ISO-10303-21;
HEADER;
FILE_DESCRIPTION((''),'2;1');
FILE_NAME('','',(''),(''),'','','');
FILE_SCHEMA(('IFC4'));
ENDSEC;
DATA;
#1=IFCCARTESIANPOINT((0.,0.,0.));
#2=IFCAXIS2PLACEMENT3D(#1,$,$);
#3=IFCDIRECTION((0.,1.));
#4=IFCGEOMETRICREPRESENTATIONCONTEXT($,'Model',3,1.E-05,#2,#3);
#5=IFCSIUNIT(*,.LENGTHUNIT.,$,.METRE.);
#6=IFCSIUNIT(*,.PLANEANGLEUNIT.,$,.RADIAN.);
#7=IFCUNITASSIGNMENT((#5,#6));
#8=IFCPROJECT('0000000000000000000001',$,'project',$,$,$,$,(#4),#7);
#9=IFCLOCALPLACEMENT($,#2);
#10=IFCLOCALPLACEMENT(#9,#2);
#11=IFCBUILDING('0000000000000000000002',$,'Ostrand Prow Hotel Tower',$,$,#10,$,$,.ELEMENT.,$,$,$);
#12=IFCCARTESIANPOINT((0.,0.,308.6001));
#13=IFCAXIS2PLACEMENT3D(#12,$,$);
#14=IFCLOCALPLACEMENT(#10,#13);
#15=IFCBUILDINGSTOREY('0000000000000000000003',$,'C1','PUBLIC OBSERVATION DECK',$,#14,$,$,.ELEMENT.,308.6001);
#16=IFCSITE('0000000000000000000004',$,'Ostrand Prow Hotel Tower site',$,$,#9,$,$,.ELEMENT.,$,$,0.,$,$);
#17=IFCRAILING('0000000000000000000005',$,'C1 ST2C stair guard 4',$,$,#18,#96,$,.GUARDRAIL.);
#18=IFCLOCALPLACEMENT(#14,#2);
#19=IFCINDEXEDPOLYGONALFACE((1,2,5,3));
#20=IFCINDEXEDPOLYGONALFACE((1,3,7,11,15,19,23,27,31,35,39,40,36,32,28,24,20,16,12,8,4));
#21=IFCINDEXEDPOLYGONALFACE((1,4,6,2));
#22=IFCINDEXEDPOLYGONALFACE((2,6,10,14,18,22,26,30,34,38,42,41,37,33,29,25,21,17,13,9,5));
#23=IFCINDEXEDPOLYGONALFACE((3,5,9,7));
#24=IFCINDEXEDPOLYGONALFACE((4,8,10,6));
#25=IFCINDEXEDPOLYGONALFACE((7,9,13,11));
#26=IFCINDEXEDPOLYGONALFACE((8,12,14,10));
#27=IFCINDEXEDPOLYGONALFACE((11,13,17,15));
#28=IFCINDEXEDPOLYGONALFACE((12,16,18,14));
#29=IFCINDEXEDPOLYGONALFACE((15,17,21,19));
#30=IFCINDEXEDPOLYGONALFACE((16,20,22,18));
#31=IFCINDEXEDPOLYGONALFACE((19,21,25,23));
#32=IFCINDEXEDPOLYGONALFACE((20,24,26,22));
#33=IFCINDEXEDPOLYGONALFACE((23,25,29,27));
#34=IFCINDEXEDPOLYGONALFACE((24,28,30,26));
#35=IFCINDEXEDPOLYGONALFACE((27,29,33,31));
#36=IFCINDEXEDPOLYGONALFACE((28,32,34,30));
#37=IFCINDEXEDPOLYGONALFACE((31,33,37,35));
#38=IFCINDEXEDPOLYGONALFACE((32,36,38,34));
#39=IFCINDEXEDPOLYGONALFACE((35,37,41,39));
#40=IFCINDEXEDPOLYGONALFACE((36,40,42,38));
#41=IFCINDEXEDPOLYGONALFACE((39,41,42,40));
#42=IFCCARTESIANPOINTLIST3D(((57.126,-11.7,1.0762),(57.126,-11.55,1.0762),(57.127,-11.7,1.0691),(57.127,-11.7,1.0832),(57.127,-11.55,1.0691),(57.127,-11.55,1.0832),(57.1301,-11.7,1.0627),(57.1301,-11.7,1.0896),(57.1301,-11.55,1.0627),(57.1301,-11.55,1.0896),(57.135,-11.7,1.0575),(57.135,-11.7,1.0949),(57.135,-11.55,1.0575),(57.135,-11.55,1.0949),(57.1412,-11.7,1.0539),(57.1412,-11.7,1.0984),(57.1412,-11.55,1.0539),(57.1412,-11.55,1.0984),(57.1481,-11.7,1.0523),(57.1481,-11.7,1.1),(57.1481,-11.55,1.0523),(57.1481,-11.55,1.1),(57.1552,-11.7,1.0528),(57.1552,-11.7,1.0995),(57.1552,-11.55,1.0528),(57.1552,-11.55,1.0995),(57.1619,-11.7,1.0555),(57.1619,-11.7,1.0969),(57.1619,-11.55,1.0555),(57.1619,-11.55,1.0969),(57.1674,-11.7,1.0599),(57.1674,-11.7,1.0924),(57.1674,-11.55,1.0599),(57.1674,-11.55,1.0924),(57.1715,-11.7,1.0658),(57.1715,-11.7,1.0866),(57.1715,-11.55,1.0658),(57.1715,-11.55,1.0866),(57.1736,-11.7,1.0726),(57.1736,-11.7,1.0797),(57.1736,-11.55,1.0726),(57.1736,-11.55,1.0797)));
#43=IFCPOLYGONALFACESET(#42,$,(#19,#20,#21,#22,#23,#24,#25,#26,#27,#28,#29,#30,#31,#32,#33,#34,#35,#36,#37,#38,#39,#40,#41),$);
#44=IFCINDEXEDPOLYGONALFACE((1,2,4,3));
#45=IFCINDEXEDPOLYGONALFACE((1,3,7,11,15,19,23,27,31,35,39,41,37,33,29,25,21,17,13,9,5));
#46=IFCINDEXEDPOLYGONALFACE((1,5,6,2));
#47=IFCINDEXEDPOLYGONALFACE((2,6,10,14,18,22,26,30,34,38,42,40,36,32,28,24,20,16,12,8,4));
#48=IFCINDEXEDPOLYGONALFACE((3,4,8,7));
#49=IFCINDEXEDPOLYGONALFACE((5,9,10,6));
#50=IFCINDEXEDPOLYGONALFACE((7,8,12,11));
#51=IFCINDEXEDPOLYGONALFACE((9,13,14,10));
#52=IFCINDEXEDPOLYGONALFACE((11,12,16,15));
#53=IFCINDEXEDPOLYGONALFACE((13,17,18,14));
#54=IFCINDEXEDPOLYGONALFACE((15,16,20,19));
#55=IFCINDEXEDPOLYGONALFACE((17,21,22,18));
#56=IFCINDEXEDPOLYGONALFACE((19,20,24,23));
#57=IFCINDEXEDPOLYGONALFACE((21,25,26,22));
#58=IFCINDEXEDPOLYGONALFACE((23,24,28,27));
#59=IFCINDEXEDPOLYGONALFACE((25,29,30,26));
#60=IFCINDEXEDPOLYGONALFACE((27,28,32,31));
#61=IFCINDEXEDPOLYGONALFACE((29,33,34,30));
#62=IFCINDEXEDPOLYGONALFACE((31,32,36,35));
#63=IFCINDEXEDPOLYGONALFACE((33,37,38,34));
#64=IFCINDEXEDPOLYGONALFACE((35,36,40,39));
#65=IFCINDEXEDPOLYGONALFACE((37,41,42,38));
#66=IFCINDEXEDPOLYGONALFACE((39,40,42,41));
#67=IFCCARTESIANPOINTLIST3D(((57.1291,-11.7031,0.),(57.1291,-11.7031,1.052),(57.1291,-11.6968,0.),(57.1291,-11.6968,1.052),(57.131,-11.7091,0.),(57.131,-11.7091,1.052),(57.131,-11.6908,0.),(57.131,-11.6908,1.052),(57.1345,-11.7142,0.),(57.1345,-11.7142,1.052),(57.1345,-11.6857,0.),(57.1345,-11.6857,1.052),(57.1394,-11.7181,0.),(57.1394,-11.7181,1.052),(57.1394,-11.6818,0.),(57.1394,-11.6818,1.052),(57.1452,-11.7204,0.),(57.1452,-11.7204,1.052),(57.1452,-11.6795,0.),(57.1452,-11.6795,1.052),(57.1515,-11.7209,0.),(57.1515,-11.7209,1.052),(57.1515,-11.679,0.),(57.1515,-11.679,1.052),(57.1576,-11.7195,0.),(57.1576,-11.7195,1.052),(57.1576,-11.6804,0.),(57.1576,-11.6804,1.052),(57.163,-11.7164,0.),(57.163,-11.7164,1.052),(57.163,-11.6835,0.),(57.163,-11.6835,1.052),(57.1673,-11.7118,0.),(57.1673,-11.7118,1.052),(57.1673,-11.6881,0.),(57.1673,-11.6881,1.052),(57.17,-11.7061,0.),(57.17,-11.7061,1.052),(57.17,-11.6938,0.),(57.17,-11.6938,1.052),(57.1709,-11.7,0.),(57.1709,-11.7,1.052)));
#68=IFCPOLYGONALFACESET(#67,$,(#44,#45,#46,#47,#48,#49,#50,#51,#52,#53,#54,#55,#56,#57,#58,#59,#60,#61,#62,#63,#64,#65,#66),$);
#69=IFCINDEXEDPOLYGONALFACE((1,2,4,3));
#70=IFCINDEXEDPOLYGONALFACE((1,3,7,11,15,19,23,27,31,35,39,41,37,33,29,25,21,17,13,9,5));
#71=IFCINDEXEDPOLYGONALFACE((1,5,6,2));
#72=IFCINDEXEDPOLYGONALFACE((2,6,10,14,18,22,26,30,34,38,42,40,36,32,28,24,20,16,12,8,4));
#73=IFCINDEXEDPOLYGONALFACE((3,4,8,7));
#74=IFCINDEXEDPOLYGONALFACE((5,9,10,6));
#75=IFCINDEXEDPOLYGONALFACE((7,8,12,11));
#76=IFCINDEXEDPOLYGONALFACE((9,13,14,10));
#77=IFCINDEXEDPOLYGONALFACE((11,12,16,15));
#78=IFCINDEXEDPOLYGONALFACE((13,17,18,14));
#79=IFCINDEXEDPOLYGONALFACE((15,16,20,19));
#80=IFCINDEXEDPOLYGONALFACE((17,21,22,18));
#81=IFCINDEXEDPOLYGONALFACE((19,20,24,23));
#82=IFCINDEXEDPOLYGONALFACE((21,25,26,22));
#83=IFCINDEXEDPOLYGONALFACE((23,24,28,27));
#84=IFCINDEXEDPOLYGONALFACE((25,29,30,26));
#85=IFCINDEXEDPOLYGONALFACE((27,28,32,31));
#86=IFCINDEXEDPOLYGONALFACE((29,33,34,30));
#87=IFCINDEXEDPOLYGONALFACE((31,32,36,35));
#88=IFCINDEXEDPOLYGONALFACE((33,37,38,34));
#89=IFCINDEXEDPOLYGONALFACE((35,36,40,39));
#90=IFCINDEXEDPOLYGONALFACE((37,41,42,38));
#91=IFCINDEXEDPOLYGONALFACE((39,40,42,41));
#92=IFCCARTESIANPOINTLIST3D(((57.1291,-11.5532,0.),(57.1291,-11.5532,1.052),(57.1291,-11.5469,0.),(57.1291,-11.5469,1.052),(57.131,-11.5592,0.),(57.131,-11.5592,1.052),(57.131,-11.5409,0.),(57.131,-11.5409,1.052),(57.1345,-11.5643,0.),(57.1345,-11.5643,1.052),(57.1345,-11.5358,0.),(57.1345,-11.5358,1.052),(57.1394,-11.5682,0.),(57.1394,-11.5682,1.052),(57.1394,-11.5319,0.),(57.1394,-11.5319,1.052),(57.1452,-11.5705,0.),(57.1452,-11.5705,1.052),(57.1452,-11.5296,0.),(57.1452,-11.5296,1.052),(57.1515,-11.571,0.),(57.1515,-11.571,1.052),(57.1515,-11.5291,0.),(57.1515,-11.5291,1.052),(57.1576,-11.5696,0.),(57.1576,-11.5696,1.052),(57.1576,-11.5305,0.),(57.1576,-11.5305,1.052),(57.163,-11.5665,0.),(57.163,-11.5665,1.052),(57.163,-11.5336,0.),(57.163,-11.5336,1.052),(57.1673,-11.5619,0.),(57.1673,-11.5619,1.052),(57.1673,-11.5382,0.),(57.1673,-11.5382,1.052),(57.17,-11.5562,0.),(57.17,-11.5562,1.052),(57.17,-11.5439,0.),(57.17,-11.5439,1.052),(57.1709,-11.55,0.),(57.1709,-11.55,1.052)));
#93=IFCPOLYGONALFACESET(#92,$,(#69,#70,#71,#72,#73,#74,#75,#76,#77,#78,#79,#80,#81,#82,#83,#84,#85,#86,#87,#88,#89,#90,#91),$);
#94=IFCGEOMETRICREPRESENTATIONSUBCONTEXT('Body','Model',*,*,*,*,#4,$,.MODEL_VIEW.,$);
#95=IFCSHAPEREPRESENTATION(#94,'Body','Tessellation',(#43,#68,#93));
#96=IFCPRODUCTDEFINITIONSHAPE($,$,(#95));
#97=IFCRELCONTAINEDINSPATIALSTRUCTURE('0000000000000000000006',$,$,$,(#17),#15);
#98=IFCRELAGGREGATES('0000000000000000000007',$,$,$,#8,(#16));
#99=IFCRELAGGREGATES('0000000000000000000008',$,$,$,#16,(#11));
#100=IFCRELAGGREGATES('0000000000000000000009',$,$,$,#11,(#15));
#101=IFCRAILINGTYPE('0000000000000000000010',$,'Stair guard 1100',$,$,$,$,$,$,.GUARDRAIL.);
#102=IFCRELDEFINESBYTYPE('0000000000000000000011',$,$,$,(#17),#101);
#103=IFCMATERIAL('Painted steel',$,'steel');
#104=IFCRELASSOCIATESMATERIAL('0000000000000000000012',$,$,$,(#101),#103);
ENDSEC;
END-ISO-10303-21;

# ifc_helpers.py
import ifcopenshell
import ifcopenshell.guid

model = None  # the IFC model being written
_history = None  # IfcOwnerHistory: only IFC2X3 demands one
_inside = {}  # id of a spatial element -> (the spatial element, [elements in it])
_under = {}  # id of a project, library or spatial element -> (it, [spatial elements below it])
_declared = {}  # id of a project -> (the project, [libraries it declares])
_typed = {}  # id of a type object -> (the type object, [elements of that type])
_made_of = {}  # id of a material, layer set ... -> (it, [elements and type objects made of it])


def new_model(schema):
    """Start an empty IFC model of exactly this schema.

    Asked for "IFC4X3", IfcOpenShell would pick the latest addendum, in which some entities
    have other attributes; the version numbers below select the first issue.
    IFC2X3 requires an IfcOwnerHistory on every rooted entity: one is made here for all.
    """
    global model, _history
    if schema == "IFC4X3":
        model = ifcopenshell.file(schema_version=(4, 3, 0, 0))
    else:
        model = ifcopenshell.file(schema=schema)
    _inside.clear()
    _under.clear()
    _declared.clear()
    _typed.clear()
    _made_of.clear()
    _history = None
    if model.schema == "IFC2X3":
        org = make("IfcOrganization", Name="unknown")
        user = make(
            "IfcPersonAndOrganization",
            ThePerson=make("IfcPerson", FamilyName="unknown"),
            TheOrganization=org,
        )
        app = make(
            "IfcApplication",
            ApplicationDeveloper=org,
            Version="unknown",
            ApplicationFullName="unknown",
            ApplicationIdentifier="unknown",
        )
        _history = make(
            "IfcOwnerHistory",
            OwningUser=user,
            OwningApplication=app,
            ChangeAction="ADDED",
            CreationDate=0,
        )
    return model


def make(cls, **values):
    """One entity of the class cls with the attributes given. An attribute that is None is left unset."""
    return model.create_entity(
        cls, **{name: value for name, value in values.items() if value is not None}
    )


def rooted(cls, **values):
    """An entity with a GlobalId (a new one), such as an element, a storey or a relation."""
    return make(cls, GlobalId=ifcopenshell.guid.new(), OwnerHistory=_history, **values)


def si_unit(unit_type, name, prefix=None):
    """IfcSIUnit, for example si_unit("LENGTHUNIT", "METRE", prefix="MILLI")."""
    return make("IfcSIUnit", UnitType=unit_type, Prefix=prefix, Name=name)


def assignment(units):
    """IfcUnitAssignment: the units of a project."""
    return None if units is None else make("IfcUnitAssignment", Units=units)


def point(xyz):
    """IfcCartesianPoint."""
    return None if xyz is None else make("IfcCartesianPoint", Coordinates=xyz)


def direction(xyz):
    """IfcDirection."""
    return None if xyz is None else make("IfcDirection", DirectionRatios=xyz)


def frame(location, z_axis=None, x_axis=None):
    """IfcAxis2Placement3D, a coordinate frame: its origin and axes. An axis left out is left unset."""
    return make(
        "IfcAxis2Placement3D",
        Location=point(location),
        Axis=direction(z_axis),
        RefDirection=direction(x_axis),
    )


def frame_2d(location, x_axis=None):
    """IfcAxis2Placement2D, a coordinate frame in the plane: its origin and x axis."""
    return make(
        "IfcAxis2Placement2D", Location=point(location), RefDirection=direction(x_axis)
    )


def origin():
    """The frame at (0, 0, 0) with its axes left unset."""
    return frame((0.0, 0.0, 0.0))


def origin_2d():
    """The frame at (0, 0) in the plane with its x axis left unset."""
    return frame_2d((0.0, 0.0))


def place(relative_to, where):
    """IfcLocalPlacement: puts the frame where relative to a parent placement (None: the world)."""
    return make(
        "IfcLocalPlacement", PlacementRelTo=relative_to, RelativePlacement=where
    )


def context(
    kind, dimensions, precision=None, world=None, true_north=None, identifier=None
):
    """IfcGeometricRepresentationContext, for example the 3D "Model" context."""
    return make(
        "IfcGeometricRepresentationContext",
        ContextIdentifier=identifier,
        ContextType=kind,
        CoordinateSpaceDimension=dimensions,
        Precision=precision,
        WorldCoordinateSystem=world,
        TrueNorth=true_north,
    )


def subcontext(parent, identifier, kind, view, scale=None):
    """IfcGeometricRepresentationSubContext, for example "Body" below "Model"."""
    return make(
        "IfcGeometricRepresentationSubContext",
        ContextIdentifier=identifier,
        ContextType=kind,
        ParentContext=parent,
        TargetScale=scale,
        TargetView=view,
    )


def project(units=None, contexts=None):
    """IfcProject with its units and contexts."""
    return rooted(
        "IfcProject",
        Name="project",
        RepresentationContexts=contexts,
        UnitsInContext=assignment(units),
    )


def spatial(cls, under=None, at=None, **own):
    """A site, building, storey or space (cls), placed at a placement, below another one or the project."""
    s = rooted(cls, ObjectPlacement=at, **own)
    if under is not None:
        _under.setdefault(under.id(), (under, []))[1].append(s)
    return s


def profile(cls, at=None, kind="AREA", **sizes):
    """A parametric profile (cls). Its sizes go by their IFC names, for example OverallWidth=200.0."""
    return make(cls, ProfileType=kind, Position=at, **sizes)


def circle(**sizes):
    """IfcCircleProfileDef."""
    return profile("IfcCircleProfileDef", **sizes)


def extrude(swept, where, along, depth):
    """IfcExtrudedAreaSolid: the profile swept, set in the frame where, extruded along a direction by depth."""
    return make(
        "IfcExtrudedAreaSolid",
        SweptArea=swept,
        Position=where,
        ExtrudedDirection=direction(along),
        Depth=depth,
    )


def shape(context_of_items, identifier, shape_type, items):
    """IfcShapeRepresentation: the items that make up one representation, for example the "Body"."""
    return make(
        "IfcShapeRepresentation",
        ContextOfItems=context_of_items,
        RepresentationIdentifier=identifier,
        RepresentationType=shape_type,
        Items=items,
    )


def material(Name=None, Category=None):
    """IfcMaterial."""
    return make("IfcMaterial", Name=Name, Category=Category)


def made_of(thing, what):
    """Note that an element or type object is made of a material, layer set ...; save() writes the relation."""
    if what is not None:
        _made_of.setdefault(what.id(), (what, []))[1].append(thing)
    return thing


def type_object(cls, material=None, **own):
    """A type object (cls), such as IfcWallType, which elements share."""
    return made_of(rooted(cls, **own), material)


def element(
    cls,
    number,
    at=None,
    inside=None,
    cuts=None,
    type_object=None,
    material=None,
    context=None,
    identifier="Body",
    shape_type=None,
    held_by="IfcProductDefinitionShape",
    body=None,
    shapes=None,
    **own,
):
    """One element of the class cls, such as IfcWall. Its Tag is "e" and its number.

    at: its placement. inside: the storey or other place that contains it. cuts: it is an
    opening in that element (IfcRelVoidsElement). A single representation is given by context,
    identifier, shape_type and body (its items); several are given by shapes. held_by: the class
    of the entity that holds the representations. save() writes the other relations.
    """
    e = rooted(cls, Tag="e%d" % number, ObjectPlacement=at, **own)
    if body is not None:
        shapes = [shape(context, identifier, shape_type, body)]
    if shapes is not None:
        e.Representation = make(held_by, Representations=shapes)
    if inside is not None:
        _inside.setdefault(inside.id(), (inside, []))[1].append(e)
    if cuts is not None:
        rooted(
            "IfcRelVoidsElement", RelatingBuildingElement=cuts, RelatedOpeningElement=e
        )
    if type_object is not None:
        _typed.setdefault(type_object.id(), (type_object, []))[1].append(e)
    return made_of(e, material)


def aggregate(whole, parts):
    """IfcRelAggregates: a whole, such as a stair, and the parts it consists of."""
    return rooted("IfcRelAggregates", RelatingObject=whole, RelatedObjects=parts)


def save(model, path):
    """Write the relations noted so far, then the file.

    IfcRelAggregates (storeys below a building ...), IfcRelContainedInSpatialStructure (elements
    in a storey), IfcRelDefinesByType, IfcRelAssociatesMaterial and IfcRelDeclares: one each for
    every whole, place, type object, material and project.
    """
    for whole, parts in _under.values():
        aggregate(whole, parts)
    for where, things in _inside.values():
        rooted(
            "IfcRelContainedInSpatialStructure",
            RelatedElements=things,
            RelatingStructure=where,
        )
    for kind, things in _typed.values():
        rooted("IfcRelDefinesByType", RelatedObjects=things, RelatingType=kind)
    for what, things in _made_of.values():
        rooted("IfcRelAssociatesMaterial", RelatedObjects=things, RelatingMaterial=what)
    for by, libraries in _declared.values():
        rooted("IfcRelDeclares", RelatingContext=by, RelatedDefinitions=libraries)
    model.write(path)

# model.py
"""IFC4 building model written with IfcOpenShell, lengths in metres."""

from ifc_helpers import new_model, si_unit, direction, frame, origin, origin_2d, place, context, subcontext, project, spatial, circle, extrude, material, type_object, element, save


model = new_model("IFC4")

# Units and contexts
model_context = context("Model", 3, precision=1e-05, world=origin(), true_north=direction((0.0, 1.0)))
body_context = subcontext(model_context, "Body", "Model", "MODEL_VIEW")
ifc_project = project(units=[si_unit("LENGTHUNIT", "METRE"), si_unit("PLANEANGLEUNIT", "RADIAN")], contexts=[model_context])

# Site, building, storey
site_placement = place(None, origin())
site = spatial("IfcSite", under=ifc_project, at=site_placement, Name="Ostrand Prow Hotel Tower site", CompositionType="ELEMENT", RefElevation=0.0)
building_placement = place(site_placement, origin())
building = spatial("IfcBuilding", under=site, at=building_placement, Name="Ostrand Prow Hotel Tower", CompositionType="ELEMENT")
storey_placement = place(building_placement, frame((0.0, 0.0, 308.6001)))
storey = spatial("IfcBuildingStorey", under=building, at=storey_placement, Name="C1", Description="PUBLIC OBSERVATION DECK", CompositionType="ELEMENT", Elevation=308.6001)

# Railing
ifc_material_1 = material(Name="Painted steel", Category="steel")
railing_type_1 = type_object("IfcRailingType", Name="Stair guard 1100", PredefinedType="GUARDRAIL", material=ifc_material_1)
railing_1_placement = place(storey_placement, frame((57.1499, -11.7, 0.0)))
element("IfcRailing", 1, at=railing_1_placement, inside=storey, type_object=railing_type_1, Name="C1 ST2C stair guard 4", PredefinedType="GUARDRAIL", context=body_context, shape_type="SweptSolid", body=[
    extrude(circle(Radius=0.0239, at=origin_2d()), frame((0.0, 0.0, 1.0762), z_axis=(0.0, 1.0, 0.0), x_axis=(-1.0, 0.0, 0.0)), (0.0, 0.0, 1.0), 0.1499),
    extrude(circle(Radius=0.021, at=origin_2d()), origin(), (0.0, 0.0, 1.0), 1.052),
    extrude(circle(Radius=0.021, at=origin_2d()), frame((0.0, 0.1499, 0.0)), (0.0, 0.0, 1.0), 1.052),
])

save(model, "model.ifc")
